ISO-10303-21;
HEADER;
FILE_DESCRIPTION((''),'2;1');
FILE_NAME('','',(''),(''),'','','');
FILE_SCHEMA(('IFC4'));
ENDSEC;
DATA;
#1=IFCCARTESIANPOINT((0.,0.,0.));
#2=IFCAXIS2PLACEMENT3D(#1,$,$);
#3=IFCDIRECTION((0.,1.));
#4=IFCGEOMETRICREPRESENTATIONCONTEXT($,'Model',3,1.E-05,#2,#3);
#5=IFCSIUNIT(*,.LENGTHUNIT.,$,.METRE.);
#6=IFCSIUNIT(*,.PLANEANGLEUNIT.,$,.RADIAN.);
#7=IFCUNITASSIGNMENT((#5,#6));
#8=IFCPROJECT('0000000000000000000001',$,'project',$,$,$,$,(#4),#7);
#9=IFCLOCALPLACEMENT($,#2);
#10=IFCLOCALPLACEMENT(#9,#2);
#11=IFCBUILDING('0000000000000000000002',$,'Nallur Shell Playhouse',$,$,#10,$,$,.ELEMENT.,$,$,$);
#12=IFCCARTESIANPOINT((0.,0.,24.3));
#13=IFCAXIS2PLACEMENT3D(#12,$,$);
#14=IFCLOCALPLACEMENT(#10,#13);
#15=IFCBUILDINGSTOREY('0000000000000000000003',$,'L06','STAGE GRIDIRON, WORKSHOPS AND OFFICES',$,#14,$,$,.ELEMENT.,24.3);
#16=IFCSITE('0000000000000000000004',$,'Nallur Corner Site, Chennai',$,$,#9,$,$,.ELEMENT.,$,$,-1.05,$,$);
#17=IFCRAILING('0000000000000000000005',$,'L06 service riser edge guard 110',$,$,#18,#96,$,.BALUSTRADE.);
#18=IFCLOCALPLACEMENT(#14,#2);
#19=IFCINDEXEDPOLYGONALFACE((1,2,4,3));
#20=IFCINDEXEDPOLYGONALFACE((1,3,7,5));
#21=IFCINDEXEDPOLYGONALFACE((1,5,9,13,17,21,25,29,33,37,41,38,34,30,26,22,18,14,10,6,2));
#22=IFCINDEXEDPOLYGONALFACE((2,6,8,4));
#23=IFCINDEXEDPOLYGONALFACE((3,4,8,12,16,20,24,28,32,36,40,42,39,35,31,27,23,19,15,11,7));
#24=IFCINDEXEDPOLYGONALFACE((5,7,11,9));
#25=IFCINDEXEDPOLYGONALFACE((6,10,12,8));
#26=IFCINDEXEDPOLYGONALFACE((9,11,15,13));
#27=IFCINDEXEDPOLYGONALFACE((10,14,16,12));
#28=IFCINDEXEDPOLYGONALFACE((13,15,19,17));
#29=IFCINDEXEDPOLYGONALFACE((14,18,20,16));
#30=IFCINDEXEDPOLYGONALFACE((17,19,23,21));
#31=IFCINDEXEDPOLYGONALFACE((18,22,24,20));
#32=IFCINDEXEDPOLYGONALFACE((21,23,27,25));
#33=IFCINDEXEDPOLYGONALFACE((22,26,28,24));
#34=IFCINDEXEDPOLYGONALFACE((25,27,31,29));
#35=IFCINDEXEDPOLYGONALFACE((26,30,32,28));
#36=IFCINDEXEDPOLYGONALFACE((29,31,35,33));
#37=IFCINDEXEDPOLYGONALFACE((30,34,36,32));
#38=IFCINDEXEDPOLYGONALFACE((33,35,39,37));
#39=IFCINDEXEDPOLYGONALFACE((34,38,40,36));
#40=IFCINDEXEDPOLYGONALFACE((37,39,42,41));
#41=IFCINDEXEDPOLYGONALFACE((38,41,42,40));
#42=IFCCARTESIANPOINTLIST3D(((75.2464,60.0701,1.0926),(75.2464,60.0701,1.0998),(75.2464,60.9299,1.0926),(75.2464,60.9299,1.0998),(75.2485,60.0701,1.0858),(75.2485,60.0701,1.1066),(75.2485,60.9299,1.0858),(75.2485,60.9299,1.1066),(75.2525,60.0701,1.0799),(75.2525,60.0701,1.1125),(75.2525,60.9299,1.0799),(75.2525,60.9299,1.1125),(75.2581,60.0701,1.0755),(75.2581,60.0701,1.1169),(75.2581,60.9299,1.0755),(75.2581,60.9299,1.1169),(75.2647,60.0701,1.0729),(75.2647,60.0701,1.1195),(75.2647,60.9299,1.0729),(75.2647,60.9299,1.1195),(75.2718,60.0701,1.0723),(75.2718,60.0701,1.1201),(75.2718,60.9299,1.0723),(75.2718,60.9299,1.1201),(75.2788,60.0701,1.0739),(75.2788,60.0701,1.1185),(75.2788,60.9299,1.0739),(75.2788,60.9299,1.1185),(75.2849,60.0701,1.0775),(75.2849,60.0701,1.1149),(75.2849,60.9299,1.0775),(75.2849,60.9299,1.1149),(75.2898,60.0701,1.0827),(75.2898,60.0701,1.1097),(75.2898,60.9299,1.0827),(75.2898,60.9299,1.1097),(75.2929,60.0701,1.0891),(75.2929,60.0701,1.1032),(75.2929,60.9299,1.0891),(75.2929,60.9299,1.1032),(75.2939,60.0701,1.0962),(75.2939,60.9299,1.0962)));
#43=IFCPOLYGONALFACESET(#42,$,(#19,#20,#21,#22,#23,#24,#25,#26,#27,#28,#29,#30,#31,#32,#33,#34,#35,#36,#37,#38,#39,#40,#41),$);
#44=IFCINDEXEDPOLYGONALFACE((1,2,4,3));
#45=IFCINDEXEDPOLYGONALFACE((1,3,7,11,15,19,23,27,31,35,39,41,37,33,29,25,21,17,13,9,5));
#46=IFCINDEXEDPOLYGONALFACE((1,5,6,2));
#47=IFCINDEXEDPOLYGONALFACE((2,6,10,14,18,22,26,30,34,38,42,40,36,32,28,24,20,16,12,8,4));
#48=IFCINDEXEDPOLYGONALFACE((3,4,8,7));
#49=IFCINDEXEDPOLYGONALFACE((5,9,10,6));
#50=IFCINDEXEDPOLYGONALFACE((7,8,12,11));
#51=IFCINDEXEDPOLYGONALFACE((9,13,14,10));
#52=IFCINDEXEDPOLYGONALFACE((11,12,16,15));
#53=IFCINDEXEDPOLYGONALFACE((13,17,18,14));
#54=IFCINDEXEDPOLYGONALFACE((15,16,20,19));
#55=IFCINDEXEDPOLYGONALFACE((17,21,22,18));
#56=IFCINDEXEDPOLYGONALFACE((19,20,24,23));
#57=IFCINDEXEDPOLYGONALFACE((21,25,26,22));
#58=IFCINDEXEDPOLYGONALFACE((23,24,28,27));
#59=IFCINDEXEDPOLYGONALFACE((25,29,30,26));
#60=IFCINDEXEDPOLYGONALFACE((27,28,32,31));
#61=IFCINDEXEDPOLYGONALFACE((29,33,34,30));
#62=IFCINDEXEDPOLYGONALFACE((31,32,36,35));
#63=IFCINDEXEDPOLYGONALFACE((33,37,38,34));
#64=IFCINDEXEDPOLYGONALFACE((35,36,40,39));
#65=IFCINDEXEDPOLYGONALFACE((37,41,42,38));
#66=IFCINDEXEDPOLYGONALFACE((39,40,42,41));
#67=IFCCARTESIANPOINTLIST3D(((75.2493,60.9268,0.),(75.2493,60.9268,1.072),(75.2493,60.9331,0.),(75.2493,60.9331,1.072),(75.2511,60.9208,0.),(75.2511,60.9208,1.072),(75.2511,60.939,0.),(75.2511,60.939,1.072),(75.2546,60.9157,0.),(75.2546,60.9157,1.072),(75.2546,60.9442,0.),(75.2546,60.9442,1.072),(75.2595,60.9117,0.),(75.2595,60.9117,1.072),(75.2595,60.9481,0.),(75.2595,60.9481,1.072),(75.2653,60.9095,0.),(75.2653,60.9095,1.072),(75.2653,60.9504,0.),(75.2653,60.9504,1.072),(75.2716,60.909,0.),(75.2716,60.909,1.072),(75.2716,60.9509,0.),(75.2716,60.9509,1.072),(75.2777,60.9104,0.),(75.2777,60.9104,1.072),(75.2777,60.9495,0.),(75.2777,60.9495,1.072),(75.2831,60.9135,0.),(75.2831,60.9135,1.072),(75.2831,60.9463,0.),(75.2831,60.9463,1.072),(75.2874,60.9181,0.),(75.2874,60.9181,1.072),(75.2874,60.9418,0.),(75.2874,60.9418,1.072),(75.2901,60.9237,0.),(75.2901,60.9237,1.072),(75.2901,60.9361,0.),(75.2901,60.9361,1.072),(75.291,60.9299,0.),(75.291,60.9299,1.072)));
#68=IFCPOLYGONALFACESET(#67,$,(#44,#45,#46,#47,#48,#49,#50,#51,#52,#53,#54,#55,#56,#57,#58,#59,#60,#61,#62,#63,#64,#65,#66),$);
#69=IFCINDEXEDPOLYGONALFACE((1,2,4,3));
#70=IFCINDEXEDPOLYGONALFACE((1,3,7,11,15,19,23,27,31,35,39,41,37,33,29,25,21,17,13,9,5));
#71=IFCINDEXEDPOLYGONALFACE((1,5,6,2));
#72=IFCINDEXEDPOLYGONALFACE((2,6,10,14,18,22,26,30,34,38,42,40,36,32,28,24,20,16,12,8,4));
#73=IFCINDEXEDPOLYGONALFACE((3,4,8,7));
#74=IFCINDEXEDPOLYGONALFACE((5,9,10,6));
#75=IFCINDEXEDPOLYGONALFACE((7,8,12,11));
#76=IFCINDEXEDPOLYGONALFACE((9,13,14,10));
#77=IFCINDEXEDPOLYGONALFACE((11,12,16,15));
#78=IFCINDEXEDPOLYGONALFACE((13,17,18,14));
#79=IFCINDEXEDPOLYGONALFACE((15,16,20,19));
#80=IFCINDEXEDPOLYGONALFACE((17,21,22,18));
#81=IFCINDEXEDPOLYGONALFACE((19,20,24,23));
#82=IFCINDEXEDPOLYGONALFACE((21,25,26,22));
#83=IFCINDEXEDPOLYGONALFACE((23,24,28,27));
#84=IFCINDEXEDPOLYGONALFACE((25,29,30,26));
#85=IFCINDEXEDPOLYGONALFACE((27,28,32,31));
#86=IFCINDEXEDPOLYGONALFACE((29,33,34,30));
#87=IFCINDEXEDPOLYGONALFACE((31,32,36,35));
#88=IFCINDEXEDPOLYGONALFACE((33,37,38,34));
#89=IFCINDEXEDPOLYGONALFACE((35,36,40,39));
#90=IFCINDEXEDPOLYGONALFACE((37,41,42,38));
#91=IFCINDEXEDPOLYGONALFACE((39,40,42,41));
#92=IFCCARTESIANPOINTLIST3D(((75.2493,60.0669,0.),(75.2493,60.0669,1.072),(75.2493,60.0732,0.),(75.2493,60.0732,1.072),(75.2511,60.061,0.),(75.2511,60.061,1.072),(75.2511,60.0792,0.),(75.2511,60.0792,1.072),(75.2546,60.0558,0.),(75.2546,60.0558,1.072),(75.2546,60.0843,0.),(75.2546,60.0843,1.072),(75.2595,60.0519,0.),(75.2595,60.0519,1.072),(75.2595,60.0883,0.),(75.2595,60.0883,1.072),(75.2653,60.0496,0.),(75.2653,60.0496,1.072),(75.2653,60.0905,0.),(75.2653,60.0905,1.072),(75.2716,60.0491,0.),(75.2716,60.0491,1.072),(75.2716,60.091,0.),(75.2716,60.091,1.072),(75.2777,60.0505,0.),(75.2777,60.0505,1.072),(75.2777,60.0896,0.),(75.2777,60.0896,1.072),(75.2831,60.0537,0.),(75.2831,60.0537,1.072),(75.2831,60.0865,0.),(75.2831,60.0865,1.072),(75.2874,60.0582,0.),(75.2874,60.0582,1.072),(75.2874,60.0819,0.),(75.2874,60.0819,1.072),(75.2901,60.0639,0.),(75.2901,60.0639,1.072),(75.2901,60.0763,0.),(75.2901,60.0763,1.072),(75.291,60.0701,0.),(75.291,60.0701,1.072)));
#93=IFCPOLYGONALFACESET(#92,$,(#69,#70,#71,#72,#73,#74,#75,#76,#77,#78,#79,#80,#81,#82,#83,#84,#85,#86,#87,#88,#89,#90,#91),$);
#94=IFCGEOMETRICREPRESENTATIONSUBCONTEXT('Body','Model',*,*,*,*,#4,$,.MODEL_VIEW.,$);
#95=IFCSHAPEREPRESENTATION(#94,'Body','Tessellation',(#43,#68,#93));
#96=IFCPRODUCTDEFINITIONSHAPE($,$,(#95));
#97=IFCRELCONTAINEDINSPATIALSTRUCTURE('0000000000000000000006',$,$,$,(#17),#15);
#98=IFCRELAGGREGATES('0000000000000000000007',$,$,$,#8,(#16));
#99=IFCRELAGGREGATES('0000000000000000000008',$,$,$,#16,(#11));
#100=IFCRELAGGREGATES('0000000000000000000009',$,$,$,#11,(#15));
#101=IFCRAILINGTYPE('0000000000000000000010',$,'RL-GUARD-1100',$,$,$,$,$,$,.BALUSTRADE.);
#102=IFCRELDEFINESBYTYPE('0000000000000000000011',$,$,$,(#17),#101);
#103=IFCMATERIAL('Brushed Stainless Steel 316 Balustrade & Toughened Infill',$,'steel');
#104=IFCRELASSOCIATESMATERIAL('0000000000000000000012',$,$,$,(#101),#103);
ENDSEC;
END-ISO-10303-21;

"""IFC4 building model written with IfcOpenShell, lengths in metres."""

from ifc_helpers import new_model, si_unit, direction, frame, origin, origin_2d, place, context, subcontext, project, spatial, circle, extrude, material, type_object, element, save


model = new_model("IFC4")

# Units and contexts
model_context = context("Model", 3, precision=1e-05, world=origin(), true_north=direction((0.0, 1.0)))
body_context = subcontext(model_context, "Body", "Model", "MODEL_VIEW")
ifc_project = project(units=[si_unit("LENGTHUNIT", "METRE"), si_unit("PLANEANGLEUNIT", "RADIAN")], contexts=[model_context])

# Site, building, storey
site_placement = place(None, origin())
site = spatial("IfcSite", under=ifc_project, at=site_placement, Name="Nallur Corner Site, Chennai", CompositionType="ELEMENT", RefElevation=-1.05)
building_placement = place(site_placement, origin())
building = spatial("IfcBuilding", under=site, at=building_placement, Name="Nallur Shell Playhouse", CompositionType="ELEMENT")
storey_placement = place(building_placement, frame((0.0, 0.0, 24.3)))
storey = spatial("IfcBuildingStorey", under=building, at=storey_placement, Name="L06", Description="STAGE GRIDIRON, WORKSHOPS AND OFFICES", CompositionType="ELEMENT", Elevation=24.3)

# Railing
ifc_material_1 = material(Name="Brushed Stainless Steel 316 Balustrade & Toughened Infill", Category="steel")
railing_type = type_object("IfcRailingType", Name="RL-GUARD-1100", PredefinedType="BALUSTRADE", material=ifc_material_1)
railing_1_placement = place(storey_placement, frame((75.27, 60.9299, 0.0)))
element("IfcRailing", 1, at=railing_1_placement, inside=storey, type_object=railing_type, Name="L06 service riser edge guard 110", PredefinedType="BALUSTRADE", context=body_context, shape_type="SweptSolid", body=[
    extrude(circle(Radius=0.0239, at=origin_2d()), frame((0.0, 0.0, 1.0962), z_axis=(0.0, -1.0, 0.0), x_axis=(1.0, 0.0, 0.0)), (0.0, 0.0, 1.0), 0.8599),
    extrude(circle(Radius=0.021, at=origin_2d()), origin(), (0.0, 0.0, 1.0), 1.072),
    extrude(circle(Radius=0.021, at=origin_2d()), frame((0.0, -0.8599, 0.0)), (0.0, 0.0, 1.0), 1.072),
])

save(model, "model.ifc")
